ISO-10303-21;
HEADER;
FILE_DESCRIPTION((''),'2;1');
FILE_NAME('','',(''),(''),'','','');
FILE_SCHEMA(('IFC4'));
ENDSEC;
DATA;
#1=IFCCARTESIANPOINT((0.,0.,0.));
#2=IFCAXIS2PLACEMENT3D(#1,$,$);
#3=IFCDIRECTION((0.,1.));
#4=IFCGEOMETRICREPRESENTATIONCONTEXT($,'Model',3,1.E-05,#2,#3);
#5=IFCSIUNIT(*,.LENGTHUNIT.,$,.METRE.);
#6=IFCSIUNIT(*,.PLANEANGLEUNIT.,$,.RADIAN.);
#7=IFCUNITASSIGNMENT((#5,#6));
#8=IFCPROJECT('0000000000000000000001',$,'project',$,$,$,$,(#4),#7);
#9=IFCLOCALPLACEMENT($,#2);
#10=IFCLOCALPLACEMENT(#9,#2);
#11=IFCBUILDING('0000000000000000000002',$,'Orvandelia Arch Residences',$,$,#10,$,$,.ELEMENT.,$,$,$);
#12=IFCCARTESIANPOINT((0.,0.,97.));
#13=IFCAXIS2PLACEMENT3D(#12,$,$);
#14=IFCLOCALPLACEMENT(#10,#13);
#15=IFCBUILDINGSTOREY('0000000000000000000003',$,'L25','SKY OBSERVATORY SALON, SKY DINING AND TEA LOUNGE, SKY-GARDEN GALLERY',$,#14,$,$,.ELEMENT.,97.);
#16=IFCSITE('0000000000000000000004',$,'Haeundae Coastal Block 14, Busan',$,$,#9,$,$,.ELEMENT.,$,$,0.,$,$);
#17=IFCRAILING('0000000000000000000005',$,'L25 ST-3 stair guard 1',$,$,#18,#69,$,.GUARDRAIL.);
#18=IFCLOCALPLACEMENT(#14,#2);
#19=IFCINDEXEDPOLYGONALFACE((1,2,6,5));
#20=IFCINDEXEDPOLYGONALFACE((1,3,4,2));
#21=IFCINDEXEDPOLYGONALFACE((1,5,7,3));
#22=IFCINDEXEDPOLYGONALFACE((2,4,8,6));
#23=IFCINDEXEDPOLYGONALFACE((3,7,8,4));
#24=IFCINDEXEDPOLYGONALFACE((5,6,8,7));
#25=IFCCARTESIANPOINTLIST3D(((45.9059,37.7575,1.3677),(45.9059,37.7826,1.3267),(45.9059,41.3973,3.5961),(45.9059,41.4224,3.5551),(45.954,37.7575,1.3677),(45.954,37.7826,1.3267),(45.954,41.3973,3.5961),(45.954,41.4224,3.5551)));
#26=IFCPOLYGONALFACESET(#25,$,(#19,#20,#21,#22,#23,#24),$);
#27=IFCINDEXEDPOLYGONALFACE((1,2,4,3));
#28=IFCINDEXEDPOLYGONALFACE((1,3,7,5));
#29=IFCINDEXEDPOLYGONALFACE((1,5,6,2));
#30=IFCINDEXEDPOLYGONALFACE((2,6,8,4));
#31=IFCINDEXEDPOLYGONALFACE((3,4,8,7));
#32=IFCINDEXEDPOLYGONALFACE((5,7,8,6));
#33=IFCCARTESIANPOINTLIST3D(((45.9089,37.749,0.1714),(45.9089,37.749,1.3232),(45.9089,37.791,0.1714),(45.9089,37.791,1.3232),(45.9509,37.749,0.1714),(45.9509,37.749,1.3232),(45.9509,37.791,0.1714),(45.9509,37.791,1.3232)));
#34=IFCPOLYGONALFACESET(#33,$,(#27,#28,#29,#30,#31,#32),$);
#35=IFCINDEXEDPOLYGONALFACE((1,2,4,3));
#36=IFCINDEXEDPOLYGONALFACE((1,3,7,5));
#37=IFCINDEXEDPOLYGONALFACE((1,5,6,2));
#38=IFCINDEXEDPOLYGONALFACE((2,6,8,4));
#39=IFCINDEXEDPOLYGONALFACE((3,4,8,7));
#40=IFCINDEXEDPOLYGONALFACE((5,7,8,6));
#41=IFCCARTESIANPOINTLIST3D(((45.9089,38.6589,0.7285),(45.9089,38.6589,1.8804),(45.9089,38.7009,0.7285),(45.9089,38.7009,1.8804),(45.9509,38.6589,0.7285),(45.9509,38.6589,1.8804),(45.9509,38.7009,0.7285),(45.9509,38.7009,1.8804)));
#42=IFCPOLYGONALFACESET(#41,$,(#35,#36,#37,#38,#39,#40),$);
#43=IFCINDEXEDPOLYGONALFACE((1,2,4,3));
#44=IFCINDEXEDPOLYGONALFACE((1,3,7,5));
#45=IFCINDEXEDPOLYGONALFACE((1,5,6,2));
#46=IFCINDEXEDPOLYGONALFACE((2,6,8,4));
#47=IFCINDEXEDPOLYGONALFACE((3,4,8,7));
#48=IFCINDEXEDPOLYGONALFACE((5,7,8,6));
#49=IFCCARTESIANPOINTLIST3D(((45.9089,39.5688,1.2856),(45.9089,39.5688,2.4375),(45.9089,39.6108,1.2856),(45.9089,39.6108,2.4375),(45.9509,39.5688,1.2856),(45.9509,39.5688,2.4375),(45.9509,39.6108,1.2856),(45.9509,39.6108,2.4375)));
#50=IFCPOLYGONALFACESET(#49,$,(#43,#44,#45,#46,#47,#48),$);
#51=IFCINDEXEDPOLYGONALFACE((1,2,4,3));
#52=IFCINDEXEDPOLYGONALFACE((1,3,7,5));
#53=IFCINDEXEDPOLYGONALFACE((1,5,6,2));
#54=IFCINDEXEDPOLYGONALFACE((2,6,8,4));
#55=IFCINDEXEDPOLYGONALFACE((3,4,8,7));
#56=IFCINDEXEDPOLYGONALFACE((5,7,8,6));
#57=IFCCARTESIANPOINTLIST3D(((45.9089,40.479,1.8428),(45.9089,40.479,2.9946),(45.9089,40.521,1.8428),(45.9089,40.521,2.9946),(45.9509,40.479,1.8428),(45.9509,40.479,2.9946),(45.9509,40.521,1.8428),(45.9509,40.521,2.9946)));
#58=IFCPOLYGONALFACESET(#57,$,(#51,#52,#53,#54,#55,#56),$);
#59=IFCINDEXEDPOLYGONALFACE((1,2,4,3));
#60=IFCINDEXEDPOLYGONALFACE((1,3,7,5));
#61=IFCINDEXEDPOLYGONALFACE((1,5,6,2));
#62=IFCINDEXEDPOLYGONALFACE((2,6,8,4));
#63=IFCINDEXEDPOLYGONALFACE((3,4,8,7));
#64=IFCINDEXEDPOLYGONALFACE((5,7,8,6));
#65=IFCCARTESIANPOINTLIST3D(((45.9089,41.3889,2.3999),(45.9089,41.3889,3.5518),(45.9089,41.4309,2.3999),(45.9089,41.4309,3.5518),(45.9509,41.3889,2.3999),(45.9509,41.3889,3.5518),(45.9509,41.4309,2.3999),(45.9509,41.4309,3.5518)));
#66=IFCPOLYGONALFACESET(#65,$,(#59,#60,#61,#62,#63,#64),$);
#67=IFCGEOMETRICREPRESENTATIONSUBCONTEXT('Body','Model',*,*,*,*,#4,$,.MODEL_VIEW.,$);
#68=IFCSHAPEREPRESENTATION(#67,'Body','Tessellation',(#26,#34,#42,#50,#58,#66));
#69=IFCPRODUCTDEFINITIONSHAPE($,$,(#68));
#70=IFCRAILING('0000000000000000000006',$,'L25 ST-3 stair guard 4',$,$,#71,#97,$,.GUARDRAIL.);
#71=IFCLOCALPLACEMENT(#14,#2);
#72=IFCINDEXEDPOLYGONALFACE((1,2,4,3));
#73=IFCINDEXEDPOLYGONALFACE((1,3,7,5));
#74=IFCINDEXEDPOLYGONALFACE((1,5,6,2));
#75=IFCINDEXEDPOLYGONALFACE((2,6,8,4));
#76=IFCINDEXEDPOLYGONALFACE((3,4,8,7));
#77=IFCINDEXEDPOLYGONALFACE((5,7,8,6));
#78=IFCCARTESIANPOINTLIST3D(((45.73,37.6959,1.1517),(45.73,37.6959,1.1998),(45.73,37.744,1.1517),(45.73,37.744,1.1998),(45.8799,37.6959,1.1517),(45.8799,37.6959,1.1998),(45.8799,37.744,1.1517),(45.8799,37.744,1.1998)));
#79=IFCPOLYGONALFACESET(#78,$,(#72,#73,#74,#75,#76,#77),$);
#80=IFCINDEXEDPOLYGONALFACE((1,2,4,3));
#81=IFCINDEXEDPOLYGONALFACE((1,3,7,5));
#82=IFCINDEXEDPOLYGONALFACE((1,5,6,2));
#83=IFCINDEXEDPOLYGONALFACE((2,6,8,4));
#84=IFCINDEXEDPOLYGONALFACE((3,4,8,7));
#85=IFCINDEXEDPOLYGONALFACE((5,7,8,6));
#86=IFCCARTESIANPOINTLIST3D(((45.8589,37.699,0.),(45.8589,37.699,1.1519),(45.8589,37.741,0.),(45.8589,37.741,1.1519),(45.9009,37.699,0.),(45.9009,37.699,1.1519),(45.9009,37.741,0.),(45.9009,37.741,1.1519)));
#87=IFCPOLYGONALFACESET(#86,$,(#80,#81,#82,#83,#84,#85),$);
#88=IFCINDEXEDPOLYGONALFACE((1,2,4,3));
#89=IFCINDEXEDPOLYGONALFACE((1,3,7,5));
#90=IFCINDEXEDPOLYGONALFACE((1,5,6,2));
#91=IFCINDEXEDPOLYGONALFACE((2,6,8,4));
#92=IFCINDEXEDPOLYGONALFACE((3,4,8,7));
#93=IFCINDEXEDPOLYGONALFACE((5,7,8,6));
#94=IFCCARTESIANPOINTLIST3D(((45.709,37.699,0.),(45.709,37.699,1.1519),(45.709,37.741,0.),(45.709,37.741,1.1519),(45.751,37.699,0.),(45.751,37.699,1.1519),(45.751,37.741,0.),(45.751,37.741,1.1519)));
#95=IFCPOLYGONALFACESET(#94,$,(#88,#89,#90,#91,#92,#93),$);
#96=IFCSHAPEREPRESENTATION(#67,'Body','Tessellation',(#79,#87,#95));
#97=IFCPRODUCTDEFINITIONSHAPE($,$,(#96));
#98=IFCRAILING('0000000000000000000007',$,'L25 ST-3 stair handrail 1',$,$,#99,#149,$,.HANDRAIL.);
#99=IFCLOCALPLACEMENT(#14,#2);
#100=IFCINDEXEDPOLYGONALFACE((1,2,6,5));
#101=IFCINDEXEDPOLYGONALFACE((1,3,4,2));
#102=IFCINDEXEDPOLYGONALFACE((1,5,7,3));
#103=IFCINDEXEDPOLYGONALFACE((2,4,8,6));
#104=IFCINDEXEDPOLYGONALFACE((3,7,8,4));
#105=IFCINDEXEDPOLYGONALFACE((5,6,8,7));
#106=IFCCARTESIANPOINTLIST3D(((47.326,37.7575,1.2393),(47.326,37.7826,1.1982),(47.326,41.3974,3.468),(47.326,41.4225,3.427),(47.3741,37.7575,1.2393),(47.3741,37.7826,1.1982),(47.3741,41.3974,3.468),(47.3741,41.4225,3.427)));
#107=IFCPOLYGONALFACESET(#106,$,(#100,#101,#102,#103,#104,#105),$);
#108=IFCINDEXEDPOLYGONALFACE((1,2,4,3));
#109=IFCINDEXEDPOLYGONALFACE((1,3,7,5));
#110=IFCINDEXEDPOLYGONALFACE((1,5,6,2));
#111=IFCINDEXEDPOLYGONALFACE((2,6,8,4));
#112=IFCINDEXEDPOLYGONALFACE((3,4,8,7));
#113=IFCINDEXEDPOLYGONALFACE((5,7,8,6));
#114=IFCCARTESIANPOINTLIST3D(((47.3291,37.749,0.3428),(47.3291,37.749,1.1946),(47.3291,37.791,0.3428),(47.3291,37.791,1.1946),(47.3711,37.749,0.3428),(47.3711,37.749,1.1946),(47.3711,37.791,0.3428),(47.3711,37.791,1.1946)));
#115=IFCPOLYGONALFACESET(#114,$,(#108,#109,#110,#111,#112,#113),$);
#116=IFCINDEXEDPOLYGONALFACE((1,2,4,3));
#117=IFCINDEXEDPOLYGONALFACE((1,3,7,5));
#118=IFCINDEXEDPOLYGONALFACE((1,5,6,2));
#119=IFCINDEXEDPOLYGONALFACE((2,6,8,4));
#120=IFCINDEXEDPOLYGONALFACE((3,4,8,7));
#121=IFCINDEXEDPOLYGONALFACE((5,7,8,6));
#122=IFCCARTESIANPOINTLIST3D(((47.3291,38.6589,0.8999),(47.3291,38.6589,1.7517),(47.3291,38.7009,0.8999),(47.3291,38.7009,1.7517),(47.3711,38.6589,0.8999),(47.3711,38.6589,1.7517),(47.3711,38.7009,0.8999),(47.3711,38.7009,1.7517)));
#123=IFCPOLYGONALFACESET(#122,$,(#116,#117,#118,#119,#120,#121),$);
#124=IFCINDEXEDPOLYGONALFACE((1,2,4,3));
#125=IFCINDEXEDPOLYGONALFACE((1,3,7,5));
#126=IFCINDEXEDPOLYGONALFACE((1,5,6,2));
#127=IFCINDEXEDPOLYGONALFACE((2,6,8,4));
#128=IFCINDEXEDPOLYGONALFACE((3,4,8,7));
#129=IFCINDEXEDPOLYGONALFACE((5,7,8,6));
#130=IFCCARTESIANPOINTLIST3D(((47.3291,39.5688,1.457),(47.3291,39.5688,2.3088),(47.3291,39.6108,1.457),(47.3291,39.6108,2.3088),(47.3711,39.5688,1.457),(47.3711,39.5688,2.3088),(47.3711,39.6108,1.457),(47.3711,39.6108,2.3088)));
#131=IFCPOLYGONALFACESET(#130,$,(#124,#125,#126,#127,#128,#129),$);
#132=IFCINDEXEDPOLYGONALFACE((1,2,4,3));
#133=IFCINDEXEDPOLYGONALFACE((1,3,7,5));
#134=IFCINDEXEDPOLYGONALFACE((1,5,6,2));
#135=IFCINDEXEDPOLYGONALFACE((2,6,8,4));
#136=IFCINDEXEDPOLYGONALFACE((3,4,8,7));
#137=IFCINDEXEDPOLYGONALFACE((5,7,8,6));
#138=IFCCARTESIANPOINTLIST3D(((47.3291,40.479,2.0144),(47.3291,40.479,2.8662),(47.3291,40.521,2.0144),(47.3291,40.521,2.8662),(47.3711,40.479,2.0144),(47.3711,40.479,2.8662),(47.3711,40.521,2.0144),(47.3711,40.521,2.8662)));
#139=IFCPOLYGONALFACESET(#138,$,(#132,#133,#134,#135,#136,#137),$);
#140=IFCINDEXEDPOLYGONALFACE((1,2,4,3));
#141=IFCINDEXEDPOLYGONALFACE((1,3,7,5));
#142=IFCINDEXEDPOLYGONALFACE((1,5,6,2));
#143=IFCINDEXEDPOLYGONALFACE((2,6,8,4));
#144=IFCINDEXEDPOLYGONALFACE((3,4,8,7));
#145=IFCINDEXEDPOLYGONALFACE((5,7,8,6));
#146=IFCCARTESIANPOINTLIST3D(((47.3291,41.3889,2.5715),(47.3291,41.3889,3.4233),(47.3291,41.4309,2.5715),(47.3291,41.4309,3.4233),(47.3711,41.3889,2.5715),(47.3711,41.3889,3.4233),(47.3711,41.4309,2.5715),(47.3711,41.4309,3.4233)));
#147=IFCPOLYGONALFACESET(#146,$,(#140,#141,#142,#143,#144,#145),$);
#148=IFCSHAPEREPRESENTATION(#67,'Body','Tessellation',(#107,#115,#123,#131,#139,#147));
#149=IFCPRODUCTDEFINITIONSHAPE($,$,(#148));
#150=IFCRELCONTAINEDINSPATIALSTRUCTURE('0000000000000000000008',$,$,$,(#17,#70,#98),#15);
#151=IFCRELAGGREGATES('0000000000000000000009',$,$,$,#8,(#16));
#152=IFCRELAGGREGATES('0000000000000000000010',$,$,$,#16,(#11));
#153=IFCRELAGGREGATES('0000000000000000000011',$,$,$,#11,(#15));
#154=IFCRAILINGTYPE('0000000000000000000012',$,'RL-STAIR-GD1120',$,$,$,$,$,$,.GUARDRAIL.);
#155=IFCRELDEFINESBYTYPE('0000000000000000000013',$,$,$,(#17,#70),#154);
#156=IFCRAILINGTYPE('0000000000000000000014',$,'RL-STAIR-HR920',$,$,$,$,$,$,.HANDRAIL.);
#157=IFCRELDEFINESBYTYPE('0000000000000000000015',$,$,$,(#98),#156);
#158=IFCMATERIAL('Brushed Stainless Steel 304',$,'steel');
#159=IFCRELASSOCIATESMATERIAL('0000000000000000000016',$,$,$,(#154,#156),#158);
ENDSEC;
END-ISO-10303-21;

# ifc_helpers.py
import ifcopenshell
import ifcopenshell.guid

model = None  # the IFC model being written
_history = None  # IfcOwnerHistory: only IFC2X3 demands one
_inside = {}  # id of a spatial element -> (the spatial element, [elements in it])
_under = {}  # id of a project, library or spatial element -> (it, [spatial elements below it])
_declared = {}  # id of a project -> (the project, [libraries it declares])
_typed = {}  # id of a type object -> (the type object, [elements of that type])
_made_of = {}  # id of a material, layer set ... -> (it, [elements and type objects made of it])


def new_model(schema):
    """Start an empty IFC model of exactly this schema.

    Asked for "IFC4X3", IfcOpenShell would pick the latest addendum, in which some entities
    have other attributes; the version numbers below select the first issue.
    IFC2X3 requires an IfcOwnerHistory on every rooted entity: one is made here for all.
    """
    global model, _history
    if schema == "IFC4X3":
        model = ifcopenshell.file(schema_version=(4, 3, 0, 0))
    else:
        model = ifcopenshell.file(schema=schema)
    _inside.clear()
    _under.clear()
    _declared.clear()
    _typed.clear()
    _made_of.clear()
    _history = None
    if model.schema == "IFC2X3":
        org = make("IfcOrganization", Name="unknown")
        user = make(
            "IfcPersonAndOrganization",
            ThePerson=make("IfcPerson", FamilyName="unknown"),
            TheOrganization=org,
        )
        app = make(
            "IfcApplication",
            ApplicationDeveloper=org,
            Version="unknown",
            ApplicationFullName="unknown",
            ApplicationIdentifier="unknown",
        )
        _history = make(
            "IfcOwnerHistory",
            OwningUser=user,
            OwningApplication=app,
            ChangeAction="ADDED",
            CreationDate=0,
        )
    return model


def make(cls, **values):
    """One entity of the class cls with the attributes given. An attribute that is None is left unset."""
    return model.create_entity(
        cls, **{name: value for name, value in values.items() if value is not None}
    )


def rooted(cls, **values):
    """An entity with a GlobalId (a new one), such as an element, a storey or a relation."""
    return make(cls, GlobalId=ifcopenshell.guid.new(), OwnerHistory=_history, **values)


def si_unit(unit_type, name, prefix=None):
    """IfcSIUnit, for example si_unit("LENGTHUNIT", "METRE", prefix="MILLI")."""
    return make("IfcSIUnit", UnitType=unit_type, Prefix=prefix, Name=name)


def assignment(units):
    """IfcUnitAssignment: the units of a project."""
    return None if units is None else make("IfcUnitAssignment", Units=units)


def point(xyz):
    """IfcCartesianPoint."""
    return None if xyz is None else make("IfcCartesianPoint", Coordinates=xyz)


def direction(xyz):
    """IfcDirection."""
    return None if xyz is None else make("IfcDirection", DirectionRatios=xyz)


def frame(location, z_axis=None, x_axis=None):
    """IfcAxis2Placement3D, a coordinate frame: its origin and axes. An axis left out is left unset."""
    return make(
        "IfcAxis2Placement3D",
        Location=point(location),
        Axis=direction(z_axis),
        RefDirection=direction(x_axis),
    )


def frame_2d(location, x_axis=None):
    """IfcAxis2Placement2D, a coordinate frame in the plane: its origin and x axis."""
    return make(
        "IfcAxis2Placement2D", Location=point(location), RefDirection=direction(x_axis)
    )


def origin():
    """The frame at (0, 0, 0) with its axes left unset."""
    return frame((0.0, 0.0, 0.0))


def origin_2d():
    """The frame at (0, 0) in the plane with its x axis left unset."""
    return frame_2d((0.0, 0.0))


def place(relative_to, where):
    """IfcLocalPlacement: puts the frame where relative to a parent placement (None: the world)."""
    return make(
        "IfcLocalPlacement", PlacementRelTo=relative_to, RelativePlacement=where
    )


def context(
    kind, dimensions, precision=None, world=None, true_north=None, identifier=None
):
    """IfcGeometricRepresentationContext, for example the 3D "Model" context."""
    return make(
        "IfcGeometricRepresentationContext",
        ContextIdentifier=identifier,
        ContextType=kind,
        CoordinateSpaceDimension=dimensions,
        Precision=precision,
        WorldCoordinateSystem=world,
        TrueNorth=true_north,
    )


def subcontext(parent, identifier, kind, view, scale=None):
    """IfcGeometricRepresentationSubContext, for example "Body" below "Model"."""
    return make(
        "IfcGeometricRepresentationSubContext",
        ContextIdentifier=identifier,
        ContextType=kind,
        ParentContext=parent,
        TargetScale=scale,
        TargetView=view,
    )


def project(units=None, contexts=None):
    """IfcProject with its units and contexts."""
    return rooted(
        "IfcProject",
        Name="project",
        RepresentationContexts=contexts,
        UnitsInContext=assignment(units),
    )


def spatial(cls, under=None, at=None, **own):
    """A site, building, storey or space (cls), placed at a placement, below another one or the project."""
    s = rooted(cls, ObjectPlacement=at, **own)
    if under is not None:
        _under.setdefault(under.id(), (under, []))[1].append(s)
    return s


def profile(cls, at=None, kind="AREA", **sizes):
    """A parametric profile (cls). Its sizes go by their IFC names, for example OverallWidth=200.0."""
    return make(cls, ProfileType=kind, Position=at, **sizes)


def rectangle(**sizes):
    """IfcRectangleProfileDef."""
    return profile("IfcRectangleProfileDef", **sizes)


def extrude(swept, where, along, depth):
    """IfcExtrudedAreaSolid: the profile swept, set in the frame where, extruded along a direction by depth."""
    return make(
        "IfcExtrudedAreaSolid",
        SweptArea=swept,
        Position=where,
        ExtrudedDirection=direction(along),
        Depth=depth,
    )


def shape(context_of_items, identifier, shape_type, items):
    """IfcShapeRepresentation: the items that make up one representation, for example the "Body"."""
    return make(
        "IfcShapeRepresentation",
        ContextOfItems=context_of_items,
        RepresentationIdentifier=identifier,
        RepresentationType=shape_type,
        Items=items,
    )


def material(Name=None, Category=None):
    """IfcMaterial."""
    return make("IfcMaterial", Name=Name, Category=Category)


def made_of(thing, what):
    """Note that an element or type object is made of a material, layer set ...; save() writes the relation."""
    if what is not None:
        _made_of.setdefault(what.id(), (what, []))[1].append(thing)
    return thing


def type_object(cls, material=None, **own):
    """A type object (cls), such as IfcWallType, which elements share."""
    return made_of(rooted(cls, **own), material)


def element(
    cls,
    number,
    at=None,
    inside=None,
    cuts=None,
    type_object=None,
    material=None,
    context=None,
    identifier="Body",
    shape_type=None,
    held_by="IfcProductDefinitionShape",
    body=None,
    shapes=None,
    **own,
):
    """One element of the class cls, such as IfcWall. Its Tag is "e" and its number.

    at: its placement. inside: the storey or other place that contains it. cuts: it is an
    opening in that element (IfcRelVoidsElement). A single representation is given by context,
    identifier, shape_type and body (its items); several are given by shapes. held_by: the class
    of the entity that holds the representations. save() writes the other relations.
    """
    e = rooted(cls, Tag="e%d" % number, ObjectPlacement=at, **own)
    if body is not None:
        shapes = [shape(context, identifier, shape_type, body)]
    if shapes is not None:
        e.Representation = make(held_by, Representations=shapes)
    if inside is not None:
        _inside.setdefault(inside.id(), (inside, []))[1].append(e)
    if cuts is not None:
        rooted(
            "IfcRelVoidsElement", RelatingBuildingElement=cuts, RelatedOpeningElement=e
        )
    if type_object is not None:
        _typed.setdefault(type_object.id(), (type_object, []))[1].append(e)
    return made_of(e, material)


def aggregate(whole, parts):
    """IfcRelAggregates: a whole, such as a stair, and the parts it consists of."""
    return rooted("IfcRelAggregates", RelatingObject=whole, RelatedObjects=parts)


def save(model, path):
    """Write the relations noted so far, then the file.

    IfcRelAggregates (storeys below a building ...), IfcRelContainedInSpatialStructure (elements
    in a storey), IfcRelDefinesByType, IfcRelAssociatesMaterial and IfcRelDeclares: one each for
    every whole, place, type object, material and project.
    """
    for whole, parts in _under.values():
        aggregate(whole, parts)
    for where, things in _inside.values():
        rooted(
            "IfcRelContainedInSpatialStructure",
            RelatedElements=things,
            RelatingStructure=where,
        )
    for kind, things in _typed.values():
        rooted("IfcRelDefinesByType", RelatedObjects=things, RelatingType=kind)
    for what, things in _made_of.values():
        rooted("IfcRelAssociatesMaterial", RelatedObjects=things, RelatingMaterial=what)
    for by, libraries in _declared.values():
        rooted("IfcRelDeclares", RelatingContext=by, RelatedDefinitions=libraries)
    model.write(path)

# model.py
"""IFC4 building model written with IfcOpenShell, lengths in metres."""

from ifc_helpers import new_model, si_unit, direction, frame, origin, origin_2d, place, context, subcontext, project, spatial, rectangle, extrude, material, type_object, element, save


model = new_model("IFC4")

# Units and contexts
model_context = context("Model", 3, precision=1e-05, world=origin(), true_north=direction((0.0, 1.0)))
body_context = subcontext(model_context, "Body", "Model", "MODEL_VIEW")
ifc_project = project(units=[si_unit("LENGTHUNIT", "METRE"), si_unit("PLANEANGLEUNIT", "RADIAN")], contexts=[model_context])

# Site, building, storey
site_placement = place(None, origin())
site = spatial("IfcSite", under=ifc_project, at=site_placement, Name="Haeundae Coastal Block 14, Busan", CompositionType="ELEMENT", RefElevation=0.0)
building_placement = place(site_placement, origin())
building = spatial("IfcBuilding", under=site, at=building_placement, Name="Orvandelia Arch Residences", CompositionType="ELEMENT")
storey_placement = place(building_placement, frame((0.0, 0.0, 97.0)))
storey = spatial("IfcBuildingStorey", under=building, at=storey_placement, Name="L25", Description="SKY OBSERVATORY SALON, SKY DINING AND TEA LOUNGE, SKY-GARDEN GALLERY", CompositionType="ELEMENT", Elevation=97.0)

# Railings
ifc_material_1 = material(Name="Brushed Stainless Steel 304", Category="steel")
railing_type_1 = type_object("IfcRailingType", Name="RL-STAIR-GD1120", PredefinedType="GUARDRAIL", material=ifc_material_1)
railing_1_placement = place(storey_placement, frame((45.9299, 37.77, 0.1714)))
element("IfcRailing", 1, at=railing_1_placement, inside=storey, type_object=railing_type_1, Name="L25 ST-3 stair guard 1", PredefinedType="GUARDRAIL", context=body_context, shape_type="SweptSolid", body=[
    extrude(rectangle(XDim=0.0481, YDim=0.0481, at=origin_2d()), frame((0.0, 0.0, 1.1758), z_axis=(0.0, 0.85285, 0.522156), x_axis=(-1.0, 0.0, 0.0)), (0.0, 0.0, 1.0), 4.2678),
    extrude(rectangle(XDim=0.042, YDim=0.042, at=origin_2d()), origin(), (0.0, 0.0, 1.0), 1.1519),
    extrude(rectangle(XDim=0.042, YDim=0.042, at=origin_2d()), frame((0.0, 0.9099, 0.5571)), (0.0, 0.0, 1.0), 1.1519),
    extrude(rectangle(XDim=0.042, YDim=0.042, at=origin_2d()), frame((0.0, 1.8198, 1.1143)), (0.0, 0.0, 1.0), 1.1519),
    extrude(rectangle(XDim=0.042, YDim=0.042, at=origin_2d()), frame((0.0, 2.73, 1.6714)), (0.0, 0.0, 1.0), 1.1519),
    extrude(rectangle(XDim=0.042, YDim=0.042, at=origin_2d()), frame((0.0, 3.6399, 2.2285)), (0.0, 0.0, 1.0), 1.1519),
])
railing_2_placement = place(storey_placement, frame((45.8799, 37.72, 0.0)))
element("IfcRailing", 2, at=railing_2_placement, inside=storey, type_object=railing_type_1, Name="L25 ST-3 stair guard 4", PredefinedType="GUARDRAIL", context=body_context, shape_type="SweptSolid", body=[
    extrude(rectangle(XDim=0.0481, YDim=0.0481, at=origin_2d()), frame((0.0, 0.0, 1.1758), z_axis=(-1.0, 0.0, 0.0), x_axis=(0.0, -1.0, 0.0)), (0.0, 0.0, 1.0), 0.1499),
    extrude(rectangle(XDim=0.042, YDim=0.042, at=origin_2d()), origin(), (0.0, 0.0, 1.0), 1.1519),
    extrude(rectangle(XDim=0.042, YDim=0.042, at=origin_2d()), frame((-0.1499, 0.0, 0.0)), (0.0, 0.0, 1.0), 1.1519),
])
railing_type_2 = type_object("IfcRailingType", Name="RL-STAIR-HR920", PredefinedType="HANDRAIL", material=ifc_material_1)
railing_3_placement = place(storey_placement, frame((47.3501, 37.77, 0.3428)))
element("IfcRailing", 3, at=railing_3_placement, inside=storey, type_object=railing_type_2, Name="L25 ST-3 stair handrail 1", PredefinedType="HANDRAIL", context=body_context, shape_type="SweptSolid", body=[
    extrude(rectangle(XDim=0.0481, YDim=0.0481, at=origin_2d()), frame((0.0, 0.0, 0.876), z_axis=(0.0, 0.852825, 0.522197), x_axis=(-1.0, 0.0, 0.0)), (0.0, 0.0, 1.0), 4.2681),
    extrude(rectangle(XDim=0.042, YDim=0.042, at=origin_2d()), origin(), (0.0, 0.0, 1.0), 0.8518),
    extrude(rectangle(XDim=0.042, YDim=0.042, at=origin_2d()), frame((0.0, 0.9099, 0.5571)), (0.0, 0.0, 1.0), 0.8518),
    extrude(rectangle(XDim=0.042, YDim=0.042, at=origin_2d()), frame((0.0, 1.8198, 1.1143)), (0.0, 0.0, 1.0), 0.8518),
    extrude(rectangle(XDim=0.042, YDim=0.042, at=origin_2d()), frame((0.0, 2.73, 1.6716)), (0.0, 0.0, 1.0), 0.8518),
    extrude(rectangle(XDim=0.042, YDim=0.042, at=origin_2d()), frame((0.0, 3.6399, 2.2288)), (0.0, 0.0, 1.0), 0.8518),
])

save(model, "model.ifc")
